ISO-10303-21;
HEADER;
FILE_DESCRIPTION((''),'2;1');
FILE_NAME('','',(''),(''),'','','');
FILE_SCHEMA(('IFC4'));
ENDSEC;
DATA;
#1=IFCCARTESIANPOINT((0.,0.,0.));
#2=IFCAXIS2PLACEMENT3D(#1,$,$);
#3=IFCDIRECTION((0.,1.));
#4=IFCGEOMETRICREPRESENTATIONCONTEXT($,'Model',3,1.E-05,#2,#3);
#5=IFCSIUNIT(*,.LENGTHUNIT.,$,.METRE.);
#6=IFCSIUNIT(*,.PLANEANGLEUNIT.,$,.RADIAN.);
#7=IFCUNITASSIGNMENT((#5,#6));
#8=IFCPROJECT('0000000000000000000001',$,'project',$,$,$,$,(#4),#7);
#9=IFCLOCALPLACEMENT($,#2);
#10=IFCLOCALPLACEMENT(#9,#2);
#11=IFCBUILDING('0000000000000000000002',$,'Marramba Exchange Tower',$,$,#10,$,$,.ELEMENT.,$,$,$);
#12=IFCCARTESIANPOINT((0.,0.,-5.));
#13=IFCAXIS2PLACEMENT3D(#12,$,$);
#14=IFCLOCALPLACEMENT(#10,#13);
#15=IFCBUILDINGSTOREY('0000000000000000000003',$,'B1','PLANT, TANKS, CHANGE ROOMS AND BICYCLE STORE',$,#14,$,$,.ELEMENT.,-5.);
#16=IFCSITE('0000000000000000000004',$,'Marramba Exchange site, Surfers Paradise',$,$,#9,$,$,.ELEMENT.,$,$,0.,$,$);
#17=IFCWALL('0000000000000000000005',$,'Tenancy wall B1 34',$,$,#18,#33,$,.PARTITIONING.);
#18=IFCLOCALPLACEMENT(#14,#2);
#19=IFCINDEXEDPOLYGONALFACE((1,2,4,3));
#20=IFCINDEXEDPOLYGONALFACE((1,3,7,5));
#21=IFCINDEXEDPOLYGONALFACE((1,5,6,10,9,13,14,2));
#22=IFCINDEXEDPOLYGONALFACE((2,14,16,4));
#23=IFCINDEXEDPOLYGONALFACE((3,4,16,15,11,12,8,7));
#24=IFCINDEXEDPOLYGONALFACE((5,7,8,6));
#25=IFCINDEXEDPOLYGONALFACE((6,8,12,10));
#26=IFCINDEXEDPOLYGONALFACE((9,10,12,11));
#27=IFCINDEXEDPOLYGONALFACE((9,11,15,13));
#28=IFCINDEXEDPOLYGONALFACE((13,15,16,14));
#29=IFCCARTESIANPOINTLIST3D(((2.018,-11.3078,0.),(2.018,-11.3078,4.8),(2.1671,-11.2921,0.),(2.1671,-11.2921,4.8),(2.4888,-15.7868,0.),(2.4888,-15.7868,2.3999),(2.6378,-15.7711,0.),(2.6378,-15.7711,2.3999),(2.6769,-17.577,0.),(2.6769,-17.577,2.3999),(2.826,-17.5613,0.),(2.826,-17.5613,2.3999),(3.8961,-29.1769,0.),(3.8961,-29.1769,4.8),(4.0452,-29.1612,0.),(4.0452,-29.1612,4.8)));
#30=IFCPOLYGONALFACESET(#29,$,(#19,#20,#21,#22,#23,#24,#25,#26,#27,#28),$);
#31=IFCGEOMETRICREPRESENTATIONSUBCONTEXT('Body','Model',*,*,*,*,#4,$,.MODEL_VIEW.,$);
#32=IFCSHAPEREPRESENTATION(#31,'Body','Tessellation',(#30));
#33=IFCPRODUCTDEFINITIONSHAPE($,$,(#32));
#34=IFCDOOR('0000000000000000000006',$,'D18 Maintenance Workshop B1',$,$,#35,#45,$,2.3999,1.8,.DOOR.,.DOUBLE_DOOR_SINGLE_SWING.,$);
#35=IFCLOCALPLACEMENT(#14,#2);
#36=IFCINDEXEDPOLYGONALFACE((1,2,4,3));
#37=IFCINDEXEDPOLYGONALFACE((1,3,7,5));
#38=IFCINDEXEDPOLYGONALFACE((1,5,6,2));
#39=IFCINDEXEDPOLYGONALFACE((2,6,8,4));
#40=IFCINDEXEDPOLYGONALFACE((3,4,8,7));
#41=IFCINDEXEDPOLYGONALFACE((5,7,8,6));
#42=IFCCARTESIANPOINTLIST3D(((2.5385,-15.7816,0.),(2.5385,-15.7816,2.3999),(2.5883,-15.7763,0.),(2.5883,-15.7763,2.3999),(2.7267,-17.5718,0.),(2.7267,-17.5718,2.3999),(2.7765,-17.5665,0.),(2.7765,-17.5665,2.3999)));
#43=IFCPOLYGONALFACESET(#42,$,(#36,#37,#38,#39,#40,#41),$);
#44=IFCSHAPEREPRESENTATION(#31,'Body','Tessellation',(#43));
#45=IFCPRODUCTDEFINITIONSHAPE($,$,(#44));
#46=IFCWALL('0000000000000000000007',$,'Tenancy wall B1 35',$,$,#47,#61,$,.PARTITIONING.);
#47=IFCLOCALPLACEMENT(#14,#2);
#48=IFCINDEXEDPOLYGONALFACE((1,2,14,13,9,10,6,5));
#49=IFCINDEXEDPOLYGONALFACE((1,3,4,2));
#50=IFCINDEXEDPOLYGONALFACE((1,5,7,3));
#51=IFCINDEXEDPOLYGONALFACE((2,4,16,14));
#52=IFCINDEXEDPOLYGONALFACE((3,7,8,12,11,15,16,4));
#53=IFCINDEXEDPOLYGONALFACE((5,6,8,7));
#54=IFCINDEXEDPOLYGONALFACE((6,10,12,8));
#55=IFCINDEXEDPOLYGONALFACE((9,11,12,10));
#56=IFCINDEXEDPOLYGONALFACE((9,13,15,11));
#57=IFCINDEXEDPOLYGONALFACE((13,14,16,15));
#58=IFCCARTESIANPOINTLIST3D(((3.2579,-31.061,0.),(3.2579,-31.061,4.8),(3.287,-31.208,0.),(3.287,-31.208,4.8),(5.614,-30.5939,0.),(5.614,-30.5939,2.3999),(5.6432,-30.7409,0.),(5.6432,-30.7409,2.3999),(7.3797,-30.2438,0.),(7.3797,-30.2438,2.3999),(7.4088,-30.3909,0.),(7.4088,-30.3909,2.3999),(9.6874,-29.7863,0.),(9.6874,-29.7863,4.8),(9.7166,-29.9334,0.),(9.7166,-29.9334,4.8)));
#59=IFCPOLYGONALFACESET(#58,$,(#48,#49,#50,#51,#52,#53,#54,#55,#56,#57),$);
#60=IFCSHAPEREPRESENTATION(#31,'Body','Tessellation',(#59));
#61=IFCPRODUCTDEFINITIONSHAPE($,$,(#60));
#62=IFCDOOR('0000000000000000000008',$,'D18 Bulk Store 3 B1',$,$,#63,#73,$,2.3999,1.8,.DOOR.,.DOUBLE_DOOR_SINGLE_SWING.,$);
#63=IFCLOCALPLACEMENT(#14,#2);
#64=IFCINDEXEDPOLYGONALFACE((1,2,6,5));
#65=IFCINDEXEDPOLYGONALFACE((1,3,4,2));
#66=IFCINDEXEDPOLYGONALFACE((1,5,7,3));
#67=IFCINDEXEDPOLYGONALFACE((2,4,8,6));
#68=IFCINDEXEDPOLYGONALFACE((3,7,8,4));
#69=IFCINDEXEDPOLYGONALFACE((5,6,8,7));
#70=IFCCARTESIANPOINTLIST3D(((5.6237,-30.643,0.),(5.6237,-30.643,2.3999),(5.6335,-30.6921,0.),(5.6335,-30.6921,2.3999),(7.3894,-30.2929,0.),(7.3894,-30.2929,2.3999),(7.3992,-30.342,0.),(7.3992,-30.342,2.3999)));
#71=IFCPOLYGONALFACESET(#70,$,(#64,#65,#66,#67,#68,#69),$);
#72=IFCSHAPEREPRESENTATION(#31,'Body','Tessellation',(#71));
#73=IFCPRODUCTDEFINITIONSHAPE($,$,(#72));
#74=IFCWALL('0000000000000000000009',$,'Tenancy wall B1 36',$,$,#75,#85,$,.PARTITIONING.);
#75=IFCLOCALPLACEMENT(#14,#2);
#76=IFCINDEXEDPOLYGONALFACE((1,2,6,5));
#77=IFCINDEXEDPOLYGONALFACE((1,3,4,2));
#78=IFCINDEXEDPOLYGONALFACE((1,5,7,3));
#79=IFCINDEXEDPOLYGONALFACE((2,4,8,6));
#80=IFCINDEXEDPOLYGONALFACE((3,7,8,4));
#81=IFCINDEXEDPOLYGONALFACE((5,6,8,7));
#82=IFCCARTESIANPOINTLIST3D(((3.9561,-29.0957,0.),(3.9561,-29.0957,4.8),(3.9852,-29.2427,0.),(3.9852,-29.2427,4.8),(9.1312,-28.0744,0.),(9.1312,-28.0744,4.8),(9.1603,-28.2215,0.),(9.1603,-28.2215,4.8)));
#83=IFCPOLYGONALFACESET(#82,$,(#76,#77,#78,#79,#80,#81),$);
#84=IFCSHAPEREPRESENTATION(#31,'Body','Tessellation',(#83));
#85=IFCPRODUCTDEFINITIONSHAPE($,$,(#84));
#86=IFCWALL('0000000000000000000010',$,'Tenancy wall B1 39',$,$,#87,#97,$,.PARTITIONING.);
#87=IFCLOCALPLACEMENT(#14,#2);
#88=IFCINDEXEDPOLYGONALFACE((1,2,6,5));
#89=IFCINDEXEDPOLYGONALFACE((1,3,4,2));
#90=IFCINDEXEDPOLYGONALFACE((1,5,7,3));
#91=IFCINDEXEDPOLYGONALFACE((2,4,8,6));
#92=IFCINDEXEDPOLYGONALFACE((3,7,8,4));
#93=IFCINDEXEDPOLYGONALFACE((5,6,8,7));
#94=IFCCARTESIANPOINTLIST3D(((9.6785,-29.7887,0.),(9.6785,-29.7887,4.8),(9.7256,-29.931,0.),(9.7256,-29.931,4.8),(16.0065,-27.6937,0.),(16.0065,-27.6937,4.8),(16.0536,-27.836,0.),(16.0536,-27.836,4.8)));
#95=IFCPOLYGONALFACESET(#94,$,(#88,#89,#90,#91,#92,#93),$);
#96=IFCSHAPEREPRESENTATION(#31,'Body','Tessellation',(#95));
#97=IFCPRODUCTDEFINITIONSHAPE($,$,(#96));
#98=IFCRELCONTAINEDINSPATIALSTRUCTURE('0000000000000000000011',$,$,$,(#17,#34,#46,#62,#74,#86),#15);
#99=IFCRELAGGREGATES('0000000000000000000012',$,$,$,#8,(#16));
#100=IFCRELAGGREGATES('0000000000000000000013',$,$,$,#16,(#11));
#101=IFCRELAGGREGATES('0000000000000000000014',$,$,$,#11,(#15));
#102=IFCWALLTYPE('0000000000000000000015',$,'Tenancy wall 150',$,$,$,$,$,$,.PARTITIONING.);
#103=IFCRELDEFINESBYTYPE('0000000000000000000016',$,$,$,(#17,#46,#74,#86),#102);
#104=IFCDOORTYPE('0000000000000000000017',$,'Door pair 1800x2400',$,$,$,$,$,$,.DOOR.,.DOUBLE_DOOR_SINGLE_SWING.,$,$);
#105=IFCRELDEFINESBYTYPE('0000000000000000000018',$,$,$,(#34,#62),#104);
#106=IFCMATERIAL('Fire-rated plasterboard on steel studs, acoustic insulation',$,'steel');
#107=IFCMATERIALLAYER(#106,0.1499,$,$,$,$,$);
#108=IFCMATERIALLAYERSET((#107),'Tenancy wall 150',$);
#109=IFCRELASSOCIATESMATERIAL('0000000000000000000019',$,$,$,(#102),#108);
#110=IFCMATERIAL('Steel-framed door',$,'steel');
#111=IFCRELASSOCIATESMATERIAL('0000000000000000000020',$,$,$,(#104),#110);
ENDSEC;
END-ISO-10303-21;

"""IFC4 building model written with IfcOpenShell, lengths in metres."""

from ifc_helpers import new_model, si_unit, direction, frame, frame_2d, origin, place, context, subcontext, project, spatial, rectangle, extrude, material, layer, layer_set, type_object, element, fill, save


model = new_model("IFC4")

# Units and contexts
model_context = context("Model", 3, precision=1e-05, world=origin(), true_north=direction((0.0, 1.0)))
body_context = subcontext(model_context, "Body", "Model", "MODEL_VIEW")
ifc_project = project(units=[si_unit("LENGTHUNIT", "METRE"), si_unit("PLANEANGLEUNIT", "RADIAN")], contexts=[model_context])

# Site, building, storey
site_placement = place(None, origin())
site = spatial("IfcSite", under=ifc_project, at=site_placement, Name="Marramba Exchange site, Surfers Paradise", CompositionType="ELEMENT", RefElevation=0.0)
building_placement = place(site_placement, origin())
building = spatial("IfcBuilding", under=site, at=building_placement, Name="Marramba Exchange Tower", CompositionType="ELEMENT")
storey_placement = place(building_placement, frame((0.0, 0.0, -5.0)))
storey = spatial("IfcBuildingStorey", under=building, at=storey_placement, Name="B1", Description="PLANT, TANKS, CHANGE ROOMS AND BICYCLE STORE", CompositionType="ELEMENT", Elevation=-5.0)

# Shared definitions
ifc_material_1 = material(Name="Fire-rated plasterboard on steel studs, acoustic insulation", Category="steel")
ifc_layer_1 = layer(ifc_material_1, 0.1499)
ifc_layer_set_1 = layer_set([ifc_layer_1], Name="Tenancy wall 150")
wall_type_1 = type_object("IfcWallType", Name="Tenancy wall 150", PredefinedType="PARTITIONING", material=ifc_layer_set_1)

# Walls, openings, doors
wall_1_placement = place(storey_placement, frame((3.9707, -29.1692, 0.0), z_axis=(0.0, 0.0, 1.0), x_axis=(-0.104531, 0.994522, 0.0)))
wall_1 = element("IfcWall", 1, at=wall_1_placement, inside=storey, type_object=wall_type_1, Name="Tenancy wall B1 34", PredefinedType="PARTITIONING", context=body_context, shape_type="SweptSolid", body=[
    extrude(rectangle(XDim=17.9675, YDim=0.1499, at=frame_2d((8.9839, 0.0))), origin(), (0.0, 0.0, 1.0), 4.8),
])
opening_1_placement = place(wall_1_placement, frame((11.6641, 0.0, 0.0)))
opening_1 = element("IfcOpeningElement", 2, at=opening_1_placement, cuts=wall_1, PredefinedType="OPENING", context=body_context, shape_type="SweptSolid", body=[
    extrude(rectangle(XDim=1.8, YDim=2.3999, at=frame_2d((0.8999, 1.2))), frame((0.0, 0.085, 0.0), z_axis=(0.0, -1.0, 0.0), x_axis=(1.0, 0.0, 0.0)), (0.0, 0.0, 1.0), 0.1699),
])
ifc_material_2 = material(Name="Steel-framed door", Category="steel")
door_type = type_object("IfcDoorType", Name="Door pair 1800x2400", OperationType="DOUBLE_DOOR_SINGLE_SWING", PredefinedType="DOOR", material=ifc_material_2)
door_1_placement = place(opening_1_placement, origin())
door_1 = element("IfcDoor", 3, at=door_1_placement, inside=storey, type_object=door_type, Name="D18 Maintenance Workshop B1", OperationType="DOUBLE_DOOR_SINGLE_SWING", OverallHeight=2.3999, OverallWidth=1.8, PredefinedType="DOOR", context=body_context, shape_type="SweptSolid", body=[
    extrude(rectangle(XDim=1.8, YDim=2.3999, at=frame_2d((0.8999, 1.2))), frame((0.0, 0.0249, 0.0), z_axis=(0.0, -1.0, 0.0), x_axis=(1.0, 0.0, 0.0)), (0.0, 0.0, 1.0), 0.05),
])
fill(opening_1, door_1)
wall_2_placement = place(storey_placement, frame((3.2725, -31.1345, 0.0), z_axis=(0.0, 0.0, 1.0), x_axis=(0.980909, 0.194468, 0.0)))
wall_2 = element("IfcWall", 4, at=wall_2_placement, inside=storey, type_object=wall_type_1, Name="Tenancy wall B1 35", PredefinedType="PARTITIONING", context=body_context, shape_type="SweptSolid", body=[
    extrude(rectangle(XDim=6.5547, YDim=0.1499, at=frame_2d((3.2773, 0.0))), origin(), (0.0, 0.0, 1.0), 4.8),
])
opening_2_placement = place(wall_2_placement, frame((2.4021, 0.0, 0.0)))
opening_2 = element("IfcOpeningElement", 5, at=opening_2_placement, cuts=wall_2, PredefinedType="OPENING", context=body_context, shape_type="SweptSolid", body=[
    extrude(rectangle(XDim=1.8, YDim=2.3999, at=frame_2d((0.8999, 1.2))), frame((0.0, 0.085, 0.0), z_axis=(0.0, -1.0, 0.0), x_axis=(1.0, 0.0, 0.0)), (0.0, 0.0, 1.0), 0.1699),
])
door_2_placement = place(opening_2_placement, origin())
door_2 = element("IfcDoor", 6, at=door_2_placement, inside=storey, type_object=door_type, Name="D18 Bulk Store 3 B1", OperationType="DOUBLE_DOOR_SINGLE_SWING", OverallHeight=2.3999, OverallWidth=1.8, PredefinedType="DOOR", context=body_context, shape_type="SweptSolid", body=[
    extrude(rectangle(XDim=1.8, YDim=2.3999, at=frame_2d((0.8999, 1.2))), frame((0.0, 0.0249, 0.0), z_axis=(0.0, -1.0, 0.0), x_axis=(1.0, 0.0, 0.0)), (0.0, 0.0, 1.0), 0.05),
])
fill(opening_2, door_2)

# Walls
wall_3_placement = place(storey_placement, frame((9.1458, -28.1479, 0.0), z_axis=(0.0, 0.0, 1.0), x_axis=(-0.981079, -0.193605, 0.0)))
element("IfcWall", 7, at=wall_3_placement, inside=storey, type_object=wall_type_1, Name="Tenancy wall B1 36", PredefinedType="PARTITIONING", context=body_context, shape_type="SweptSolid", body=[
    extrude(rectangle(XDim=5.2749, YDim=0.1499, at=frame_2d((2.6375, 0.0))), origin(), (0.0, 0.0, 1.0), 4.8),
])
wall_4_placement = place(storey_placement, frame((9.7019, -29.8599, 0.0), z_axis=(0.0, 0.0, 1.0), x_axis=(0.94933, 0.314282, 0.0)))
element("IfcWall", 8, at=wall_4_placement, inside=storey, type_object=wall_type_1, Name="Tenancy wall B1 39", PredefinedType="PARTITIONING", context=body_context, shape_type="SweptSolid", body=[
    extrude(rectangle(XDim=6.6658, YDim=0.1499, at=frame_2d((3.333, 0.0))), origin(), (0.0, 0.0, 1.0), 4.8),
])

save(model, "model.ifc")
